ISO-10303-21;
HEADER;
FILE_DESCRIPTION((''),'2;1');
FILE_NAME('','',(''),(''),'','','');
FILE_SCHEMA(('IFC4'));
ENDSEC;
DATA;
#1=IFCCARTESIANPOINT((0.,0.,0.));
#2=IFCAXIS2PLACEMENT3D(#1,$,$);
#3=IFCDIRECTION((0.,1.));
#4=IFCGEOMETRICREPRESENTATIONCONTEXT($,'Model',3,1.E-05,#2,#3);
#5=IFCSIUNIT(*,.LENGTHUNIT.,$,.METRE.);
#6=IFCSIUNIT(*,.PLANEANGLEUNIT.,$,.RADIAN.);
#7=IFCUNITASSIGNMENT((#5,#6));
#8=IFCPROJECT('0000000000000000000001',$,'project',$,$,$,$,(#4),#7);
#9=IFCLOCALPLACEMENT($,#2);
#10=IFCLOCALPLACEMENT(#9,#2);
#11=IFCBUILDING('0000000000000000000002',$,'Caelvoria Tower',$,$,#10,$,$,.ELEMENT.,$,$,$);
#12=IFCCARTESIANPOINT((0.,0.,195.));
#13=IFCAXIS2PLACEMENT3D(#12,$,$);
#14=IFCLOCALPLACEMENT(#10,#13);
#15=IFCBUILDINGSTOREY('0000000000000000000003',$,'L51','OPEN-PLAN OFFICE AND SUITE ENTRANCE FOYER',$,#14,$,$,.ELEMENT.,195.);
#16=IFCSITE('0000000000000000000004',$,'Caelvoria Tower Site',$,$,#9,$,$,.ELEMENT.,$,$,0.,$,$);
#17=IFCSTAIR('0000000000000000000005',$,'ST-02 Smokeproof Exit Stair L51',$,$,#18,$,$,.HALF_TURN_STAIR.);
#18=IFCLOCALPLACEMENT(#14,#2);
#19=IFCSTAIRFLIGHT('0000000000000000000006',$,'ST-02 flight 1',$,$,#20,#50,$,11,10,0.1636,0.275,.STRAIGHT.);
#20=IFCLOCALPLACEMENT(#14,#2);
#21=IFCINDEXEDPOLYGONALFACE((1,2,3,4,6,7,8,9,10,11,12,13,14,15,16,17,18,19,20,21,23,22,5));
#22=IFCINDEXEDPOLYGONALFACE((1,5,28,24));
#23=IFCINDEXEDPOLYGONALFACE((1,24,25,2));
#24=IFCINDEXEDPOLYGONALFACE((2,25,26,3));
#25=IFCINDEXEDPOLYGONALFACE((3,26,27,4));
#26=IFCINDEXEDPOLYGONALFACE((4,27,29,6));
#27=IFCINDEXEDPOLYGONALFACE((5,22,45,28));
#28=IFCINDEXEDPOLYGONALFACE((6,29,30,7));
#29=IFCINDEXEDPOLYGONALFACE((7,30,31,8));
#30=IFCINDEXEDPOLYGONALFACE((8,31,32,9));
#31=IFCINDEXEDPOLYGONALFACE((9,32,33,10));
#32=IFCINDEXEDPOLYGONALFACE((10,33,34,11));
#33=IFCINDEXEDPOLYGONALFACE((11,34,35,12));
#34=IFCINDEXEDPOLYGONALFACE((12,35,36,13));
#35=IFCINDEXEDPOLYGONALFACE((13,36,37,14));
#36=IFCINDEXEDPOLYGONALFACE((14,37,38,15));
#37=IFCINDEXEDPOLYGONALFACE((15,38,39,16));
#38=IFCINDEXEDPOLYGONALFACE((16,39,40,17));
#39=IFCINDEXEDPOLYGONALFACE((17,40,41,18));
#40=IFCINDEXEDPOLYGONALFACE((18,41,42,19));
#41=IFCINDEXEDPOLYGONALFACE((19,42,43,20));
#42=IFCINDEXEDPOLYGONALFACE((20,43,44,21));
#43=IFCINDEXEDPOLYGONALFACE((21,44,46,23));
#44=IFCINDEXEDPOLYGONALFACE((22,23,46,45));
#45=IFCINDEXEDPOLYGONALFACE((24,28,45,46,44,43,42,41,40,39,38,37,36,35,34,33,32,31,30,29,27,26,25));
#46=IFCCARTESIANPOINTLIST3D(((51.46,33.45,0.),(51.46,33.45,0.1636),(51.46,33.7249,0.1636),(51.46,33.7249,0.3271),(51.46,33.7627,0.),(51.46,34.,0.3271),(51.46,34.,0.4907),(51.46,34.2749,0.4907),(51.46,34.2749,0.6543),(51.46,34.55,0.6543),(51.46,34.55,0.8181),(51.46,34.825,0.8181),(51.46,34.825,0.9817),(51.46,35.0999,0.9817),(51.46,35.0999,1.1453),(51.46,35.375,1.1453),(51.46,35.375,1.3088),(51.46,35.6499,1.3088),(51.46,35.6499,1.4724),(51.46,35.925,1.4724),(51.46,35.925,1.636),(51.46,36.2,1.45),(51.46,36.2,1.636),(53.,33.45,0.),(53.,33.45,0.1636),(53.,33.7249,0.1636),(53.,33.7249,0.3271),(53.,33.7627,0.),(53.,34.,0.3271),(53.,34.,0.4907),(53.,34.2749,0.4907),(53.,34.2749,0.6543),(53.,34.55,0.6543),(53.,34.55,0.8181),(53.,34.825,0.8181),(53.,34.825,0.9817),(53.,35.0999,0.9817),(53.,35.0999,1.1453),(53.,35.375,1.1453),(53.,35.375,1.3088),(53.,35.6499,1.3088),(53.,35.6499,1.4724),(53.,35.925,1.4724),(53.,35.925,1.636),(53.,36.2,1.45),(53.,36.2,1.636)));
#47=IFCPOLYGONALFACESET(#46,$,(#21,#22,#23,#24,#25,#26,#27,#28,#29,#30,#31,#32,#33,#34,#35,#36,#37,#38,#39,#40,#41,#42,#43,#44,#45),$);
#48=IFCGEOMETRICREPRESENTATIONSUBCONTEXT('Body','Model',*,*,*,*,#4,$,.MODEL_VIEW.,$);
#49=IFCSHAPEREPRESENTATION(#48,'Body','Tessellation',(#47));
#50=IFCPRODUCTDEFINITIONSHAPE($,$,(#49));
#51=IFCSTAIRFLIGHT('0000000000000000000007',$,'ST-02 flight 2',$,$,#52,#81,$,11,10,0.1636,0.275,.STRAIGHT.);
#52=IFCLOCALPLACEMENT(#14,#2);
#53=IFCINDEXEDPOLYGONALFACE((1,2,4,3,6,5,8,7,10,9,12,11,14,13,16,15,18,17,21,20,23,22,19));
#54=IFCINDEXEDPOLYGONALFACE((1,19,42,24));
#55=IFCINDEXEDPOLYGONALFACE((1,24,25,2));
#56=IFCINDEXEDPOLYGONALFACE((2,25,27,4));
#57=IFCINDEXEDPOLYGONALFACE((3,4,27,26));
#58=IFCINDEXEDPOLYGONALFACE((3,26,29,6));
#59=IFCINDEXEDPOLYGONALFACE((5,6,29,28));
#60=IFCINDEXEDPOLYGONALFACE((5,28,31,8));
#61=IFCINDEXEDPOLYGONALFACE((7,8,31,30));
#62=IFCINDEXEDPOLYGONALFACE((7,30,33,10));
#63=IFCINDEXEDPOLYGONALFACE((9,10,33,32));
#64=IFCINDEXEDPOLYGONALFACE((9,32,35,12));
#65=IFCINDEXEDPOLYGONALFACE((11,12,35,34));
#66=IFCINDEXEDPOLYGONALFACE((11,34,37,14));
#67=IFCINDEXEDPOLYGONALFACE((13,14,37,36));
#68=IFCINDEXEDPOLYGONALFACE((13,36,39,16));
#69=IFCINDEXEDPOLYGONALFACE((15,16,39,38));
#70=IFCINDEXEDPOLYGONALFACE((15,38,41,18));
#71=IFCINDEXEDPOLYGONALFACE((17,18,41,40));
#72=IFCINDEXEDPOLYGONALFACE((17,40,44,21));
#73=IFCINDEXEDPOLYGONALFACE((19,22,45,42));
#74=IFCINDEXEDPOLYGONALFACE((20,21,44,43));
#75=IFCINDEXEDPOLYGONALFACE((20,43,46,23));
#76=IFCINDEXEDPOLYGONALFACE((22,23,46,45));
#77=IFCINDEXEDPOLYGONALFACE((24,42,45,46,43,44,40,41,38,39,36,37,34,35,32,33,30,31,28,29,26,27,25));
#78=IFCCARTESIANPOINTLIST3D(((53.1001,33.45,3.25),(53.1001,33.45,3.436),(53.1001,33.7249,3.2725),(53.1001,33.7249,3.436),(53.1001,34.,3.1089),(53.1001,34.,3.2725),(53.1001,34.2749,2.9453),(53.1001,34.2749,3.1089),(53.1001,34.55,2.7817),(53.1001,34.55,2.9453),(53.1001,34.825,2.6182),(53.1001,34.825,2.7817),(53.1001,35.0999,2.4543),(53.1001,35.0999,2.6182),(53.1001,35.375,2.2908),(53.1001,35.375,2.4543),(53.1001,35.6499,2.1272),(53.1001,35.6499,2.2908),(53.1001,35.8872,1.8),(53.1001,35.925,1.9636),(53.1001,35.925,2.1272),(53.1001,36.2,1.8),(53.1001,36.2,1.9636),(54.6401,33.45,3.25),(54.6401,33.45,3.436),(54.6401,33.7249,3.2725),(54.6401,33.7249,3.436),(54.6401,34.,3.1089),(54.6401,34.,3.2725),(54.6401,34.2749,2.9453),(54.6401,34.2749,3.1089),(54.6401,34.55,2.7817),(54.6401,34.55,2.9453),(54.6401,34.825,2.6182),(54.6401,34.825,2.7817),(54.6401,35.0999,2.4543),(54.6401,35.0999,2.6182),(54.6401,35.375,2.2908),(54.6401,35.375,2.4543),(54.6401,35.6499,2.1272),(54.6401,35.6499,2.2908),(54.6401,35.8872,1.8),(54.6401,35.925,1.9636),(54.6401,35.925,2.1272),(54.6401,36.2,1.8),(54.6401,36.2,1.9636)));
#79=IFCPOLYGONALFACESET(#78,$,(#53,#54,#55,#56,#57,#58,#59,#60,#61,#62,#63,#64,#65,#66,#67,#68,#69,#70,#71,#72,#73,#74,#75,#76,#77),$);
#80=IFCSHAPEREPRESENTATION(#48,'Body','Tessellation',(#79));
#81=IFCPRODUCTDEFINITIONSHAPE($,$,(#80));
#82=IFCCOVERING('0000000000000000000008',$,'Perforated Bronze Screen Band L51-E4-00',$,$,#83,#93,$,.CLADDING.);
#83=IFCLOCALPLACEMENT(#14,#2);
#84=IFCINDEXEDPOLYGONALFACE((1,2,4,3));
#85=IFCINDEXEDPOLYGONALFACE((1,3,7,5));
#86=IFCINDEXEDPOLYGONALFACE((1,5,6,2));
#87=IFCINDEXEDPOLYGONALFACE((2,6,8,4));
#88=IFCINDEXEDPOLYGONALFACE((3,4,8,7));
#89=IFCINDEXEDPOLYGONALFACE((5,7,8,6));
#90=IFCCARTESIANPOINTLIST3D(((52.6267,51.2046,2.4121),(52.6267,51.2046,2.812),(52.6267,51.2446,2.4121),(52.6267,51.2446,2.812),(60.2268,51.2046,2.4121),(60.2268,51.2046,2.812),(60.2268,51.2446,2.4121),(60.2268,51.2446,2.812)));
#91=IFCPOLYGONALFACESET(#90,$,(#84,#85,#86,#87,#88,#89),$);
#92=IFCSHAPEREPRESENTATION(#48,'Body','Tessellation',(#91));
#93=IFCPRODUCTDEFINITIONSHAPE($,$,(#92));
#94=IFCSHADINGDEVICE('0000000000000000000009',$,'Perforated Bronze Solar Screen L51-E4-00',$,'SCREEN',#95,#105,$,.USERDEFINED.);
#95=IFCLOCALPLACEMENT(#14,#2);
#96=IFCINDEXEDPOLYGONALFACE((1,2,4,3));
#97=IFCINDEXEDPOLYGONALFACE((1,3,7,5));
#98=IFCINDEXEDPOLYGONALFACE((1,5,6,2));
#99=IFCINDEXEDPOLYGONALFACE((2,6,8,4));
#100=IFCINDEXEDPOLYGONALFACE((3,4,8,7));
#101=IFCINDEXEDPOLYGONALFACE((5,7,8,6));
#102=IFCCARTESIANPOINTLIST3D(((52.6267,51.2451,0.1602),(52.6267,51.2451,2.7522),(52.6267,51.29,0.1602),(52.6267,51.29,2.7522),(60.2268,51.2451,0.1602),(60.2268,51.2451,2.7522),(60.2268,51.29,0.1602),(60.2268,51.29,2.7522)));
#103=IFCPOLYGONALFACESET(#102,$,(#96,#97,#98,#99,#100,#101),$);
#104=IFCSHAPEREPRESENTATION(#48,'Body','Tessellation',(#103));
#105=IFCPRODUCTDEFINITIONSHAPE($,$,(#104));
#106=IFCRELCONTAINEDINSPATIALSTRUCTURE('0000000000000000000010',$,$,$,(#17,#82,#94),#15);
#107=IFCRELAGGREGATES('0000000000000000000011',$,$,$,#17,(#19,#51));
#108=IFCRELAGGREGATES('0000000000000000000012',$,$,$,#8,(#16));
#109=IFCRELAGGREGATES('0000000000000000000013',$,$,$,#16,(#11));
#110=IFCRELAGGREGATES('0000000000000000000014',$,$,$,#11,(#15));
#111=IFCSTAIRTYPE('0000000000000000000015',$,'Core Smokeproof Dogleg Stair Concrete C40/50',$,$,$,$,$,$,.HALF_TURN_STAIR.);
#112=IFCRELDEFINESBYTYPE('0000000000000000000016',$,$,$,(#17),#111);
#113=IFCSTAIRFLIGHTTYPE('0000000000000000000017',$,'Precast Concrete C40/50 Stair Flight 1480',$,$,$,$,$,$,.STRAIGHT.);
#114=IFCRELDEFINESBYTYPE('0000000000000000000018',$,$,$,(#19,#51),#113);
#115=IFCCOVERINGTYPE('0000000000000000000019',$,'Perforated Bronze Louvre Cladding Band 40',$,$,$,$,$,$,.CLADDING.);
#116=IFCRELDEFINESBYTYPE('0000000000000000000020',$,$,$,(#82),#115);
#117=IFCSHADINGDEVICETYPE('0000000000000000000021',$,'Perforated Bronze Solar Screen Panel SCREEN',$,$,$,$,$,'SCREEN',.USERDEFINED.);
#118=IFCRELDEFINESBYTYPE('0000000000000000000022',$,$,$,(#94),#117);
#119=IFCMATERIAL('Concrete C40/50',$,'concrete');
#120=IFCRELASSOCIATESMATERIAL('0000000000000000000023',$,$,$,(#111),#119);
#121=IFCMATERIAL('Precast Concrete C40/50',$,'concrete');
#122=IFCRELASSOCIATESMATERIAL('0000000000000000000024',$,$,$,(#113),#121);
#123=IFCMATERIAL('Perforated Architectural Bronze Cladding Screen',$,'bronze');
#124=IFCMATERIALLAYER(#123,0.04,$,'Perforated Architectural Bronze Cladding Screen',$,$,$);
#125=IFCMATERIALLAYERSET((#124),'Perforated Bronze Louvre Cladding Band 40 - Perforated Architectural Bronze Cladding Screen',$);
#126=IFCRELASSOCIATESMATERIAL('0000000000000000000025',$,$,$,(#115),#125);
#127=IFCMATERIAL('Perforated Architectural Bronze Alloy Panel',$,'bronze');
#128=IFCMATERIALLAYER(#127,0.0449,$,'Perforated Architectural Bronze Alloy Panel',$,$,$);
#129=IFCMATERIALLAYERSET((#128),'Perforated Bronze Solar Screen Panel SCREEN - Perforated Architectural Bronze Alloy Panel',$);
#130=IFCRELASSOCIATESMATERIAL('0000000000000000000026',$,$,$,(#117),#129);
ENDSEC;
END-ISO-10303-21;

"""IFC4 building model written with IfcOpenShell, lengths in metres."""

from ifc_helpers import new_model, si_unit, direction, frame, origin, origin_2d, place, context, subcontext, project, spatial, polyline, rectangle, outline, extrude, material, layer, layer_set, type_object, element, aggregate, save


model = new_model("IFC4")

# Units and contexts
model_context = context("Model", 3, precision=1e-05, world=origin(), true_north=direction((0.0, 1.0)))
body_context = subcontext(model_context, "Body", "Model", "MODEL_VIEW")
ifc_project = project(units=[si_unit("LENGTHUNIT", "METRE"), si_unit("PLANEANGLEUNIT", "RADIAN")], contexts=[model_context])

# Site, building, storey
site_placement = place(None, origin())
site = spatial("IfcSite", under=ifc_project, at=site_placement, Name="Caelvoria Tower Site", CompositionType="ELEMENT", RefElevation=0.0)
building_placement = place(site_placement, origin())
building = spatial("IfcBuilding", under=site, at=building_placement, Name="Caelvoria Tower", CompositionType="ELEMENT")
storey_placement = place(building_placement, frame((0.0, 0.0, 195.0)))
storey = spatial("IfcBuildingStorey", under=building, at=storey_placement, Name="L51", Description="OPEN-PLAN OFFICE AND SUITE ENTRANCE FOYER", CompositionType="ELEMENT", Elevation=195.0)

# Stair, stair flights
ifc_material_1 = material(Name="Concrete C40/50", Category="concrete")
stair_type = type_object("IfcStairType", Name="Core Smokeproof Dogleg Stair Concrete C40/50", PredefinedType="HALF_TURN_STAIR", material=ifc_material_1)
stair_placement = place(storey_placement, origin())
stair = element("IfcStair", 1, at=stair_placement, inside=storey, type_object=stair_type, Name="ST-02 Smokeproof Exit Stair L51", PredefinedType="HALF_TURN_STAIR")
ifc_material_2 = material(Name="Precast Concrete C40/50", Category="concrete")
stair_flight_type = type_object("IfcStairFlightType", Name="Precast Concrete C40/50 Stair Flight 1480", PredefinedType="STRAIGHT", material=ifc_material_2)
stair_flight_1_placement = place(storey_placement, frame((52.23, 33.45, 0.0), z_axis=(0.0, 0.0, 1.0), x_axis=(0.0, 1.0, 0.0)))
stair_flight_1 = element("IfcStairFlight", 2, at=stair_flight_1_placement, type_object=stair_flight_type, Name="ST-02 flight 1", NumberOfRisers=11, NumberOfTreads=10, PredefinedType="STRAIGHT", RiserHeight=0.1636, TreadLength=0.275, context=body_context, shape_type="SweptSolid", body=[
    extrude(outline(polyline([(0.0, 0.0), (0.0, 0.1636), (0.2749, 0.1636), (0.2749, 0.3271), (0.55, 0.3271), (0.55, 0.4907), (0.825, 0.4907), (0.825, 0.6543), (1.1001, 0.6543), (1.1001, 0.8181), (1.375, 0.8181), (1.375, 0.9817), (1.6499, 0.9817), (1.6499, 1.1453), (1.925, 1.1453), (1.925, 1.3088), (2.2, 1.3088), (2.2, 1.4724), (2.4751, 1.4724), (2.4751, 1.636), (2.75, 1.636), (2.75, 1.7996), (2.75, 1.45), (0.3127, 0.0), (0.0, 0.0)])), frame((0.0, 0.77, 0.0), z_axis=(0.0, -1.0, 0.0), x_axis=(1.0, 0.0, 0.0)), (0.0, 0.0, 1.0), 1.54),
])
stair_flight_2_placement = place(storey_placement, frame((53.8701, 36.2, 1.8), z_axis=(0.0, 0.0, 1.0), x_axis=(0.0, -1.0, 0.0)))
stair_flight_2 = element("IfcStairFlight", 3, at=stair_flight_2_placement, type_object=stair_flight_type, Name="ST-02 flight 2", NumberOfRisers=11, NumberOfTreads=10, PredefinedType="STRAIGHT", RiserHeight=0.1636, TreadLength=0.275, context=body_context, shape_type="SweptSolid", body=[
    extrude(outline(polyline([(0.0, 0.0), (0.0, 0.1636), (0.2749, 0.1636), (0.2749, 0.3271), (0.55, 0.3271), (0.55, 0.4907), (0.825, 0.4907), (0.825, 0.6543), (1.1001, 0.6543), (1.1001, 0.8181), (1.375, 0.8181), (1.375, 0.9817), (1.6499, 0.9817), (1.6499, 1.1453), (1.925, 1.1453), (1.925, 1.3088), (2.2, 1.3088), (2.2, 1.4724), (2.4751, 1.4724), (2.4751, 1.636), (2.75, 1.636), (2.75, 1.7996), (2.75, 1.45), (0.3127, 0.0), (0.0, 0.0)])), frame((0.0, 0.77, 0.0), z_axis=(0.0, -1.0, 0.0), x_axis=(1.0, 0.0, 0.0)), (0.0, 0.0, 1.0), 1.54),
])
aggregate(stair, [stair_flight_1, stair_flight_2])

# Covering
ifc_material_3 = material(Name="Perforated Architectural Bronze Cladding Screen", Category="bronze")
ifc_layer_1 = layer(ifc_material_3, 0.04, Name="Perforated Architectural Bronze Cladding Screen")
ifc_layer_set_1 = layer_set([ifc_layer_1], Name="Perforated Bronze Louvre Cladding Band 40 - Perforated Architectural Bronze Cladding Screen")
covering_type = type_object("IfcCoveringType", Name="Perforated Bronze Louvre Cladding Band 40", PredefinedType="CLADDING", material=ifc_layer_set_1)
covering_placement = place(storey_placement, frame((56.4268, 51.2246, 2.4121), z_axis=(0.0, 0.0, 1.0), x_axis=(-1.0, 0.0, 0.0)))
element("IfcCovering", 4, at=covering_placement, inside=storey, type_object=covering_type, Name="Perforated Bronze Screen Band L51-E4-00", PredefinedType="CLADDING", context=body_context, shape_type="SweptSolid", body=[
    extrude(rectangle(XDim=7.6001, YDim=0.04, at=origin_2d()), origin(), (0.0, 0.0, 1.0), 0.3999),
])

# Shading device
ifc_material_4 = material(Name="Perforated Architectural Bronze Alloy Panel", Category="bronze")
ifc_layer_2 = layer(ifc_material_4, 0.0449, Name="Perforated Architectural Bronze Alloy Panel")
ifc_layer_set_2 = layer_set([ifc_layer_2], Name="Perforated Bronze Solar Screen Panel SCREEN - Perforated Architectural Bronze Alloy Panel")
shading_device_type = type_object("IfcShadingDeviceType", Name="Perforated Bronze Solar Screen Panel SCREEN", ElementType="SCREEN", PredefinedType="USERDEFINED", material=ifc_layer_set_2)
shading_device_placement = place(storey_placement, frame((56.4268, 51.2676, 0.1602), z_axis=(0.0, 0.0, 1.0), x_axis=(-1.0, 0.0, 0.0)))
element("IfcShadingDevice", 5, at=shading_device_placement, inside=storey, type_object=shading_device_type, Name="Perforated Bronze Solar Screen L51-E4-00", ObjectType="SCREEN", PredefinedType="USERDEFINED", context=body_context, shape_type="SweptSolid", body=[
    extrude(rectangle(XDim=7.6001, YDim=0.0449, at=origin_2d()), origin(), (0.0, 0.0, 1.0), 2.592),
])

save(model, "model.ifc")
